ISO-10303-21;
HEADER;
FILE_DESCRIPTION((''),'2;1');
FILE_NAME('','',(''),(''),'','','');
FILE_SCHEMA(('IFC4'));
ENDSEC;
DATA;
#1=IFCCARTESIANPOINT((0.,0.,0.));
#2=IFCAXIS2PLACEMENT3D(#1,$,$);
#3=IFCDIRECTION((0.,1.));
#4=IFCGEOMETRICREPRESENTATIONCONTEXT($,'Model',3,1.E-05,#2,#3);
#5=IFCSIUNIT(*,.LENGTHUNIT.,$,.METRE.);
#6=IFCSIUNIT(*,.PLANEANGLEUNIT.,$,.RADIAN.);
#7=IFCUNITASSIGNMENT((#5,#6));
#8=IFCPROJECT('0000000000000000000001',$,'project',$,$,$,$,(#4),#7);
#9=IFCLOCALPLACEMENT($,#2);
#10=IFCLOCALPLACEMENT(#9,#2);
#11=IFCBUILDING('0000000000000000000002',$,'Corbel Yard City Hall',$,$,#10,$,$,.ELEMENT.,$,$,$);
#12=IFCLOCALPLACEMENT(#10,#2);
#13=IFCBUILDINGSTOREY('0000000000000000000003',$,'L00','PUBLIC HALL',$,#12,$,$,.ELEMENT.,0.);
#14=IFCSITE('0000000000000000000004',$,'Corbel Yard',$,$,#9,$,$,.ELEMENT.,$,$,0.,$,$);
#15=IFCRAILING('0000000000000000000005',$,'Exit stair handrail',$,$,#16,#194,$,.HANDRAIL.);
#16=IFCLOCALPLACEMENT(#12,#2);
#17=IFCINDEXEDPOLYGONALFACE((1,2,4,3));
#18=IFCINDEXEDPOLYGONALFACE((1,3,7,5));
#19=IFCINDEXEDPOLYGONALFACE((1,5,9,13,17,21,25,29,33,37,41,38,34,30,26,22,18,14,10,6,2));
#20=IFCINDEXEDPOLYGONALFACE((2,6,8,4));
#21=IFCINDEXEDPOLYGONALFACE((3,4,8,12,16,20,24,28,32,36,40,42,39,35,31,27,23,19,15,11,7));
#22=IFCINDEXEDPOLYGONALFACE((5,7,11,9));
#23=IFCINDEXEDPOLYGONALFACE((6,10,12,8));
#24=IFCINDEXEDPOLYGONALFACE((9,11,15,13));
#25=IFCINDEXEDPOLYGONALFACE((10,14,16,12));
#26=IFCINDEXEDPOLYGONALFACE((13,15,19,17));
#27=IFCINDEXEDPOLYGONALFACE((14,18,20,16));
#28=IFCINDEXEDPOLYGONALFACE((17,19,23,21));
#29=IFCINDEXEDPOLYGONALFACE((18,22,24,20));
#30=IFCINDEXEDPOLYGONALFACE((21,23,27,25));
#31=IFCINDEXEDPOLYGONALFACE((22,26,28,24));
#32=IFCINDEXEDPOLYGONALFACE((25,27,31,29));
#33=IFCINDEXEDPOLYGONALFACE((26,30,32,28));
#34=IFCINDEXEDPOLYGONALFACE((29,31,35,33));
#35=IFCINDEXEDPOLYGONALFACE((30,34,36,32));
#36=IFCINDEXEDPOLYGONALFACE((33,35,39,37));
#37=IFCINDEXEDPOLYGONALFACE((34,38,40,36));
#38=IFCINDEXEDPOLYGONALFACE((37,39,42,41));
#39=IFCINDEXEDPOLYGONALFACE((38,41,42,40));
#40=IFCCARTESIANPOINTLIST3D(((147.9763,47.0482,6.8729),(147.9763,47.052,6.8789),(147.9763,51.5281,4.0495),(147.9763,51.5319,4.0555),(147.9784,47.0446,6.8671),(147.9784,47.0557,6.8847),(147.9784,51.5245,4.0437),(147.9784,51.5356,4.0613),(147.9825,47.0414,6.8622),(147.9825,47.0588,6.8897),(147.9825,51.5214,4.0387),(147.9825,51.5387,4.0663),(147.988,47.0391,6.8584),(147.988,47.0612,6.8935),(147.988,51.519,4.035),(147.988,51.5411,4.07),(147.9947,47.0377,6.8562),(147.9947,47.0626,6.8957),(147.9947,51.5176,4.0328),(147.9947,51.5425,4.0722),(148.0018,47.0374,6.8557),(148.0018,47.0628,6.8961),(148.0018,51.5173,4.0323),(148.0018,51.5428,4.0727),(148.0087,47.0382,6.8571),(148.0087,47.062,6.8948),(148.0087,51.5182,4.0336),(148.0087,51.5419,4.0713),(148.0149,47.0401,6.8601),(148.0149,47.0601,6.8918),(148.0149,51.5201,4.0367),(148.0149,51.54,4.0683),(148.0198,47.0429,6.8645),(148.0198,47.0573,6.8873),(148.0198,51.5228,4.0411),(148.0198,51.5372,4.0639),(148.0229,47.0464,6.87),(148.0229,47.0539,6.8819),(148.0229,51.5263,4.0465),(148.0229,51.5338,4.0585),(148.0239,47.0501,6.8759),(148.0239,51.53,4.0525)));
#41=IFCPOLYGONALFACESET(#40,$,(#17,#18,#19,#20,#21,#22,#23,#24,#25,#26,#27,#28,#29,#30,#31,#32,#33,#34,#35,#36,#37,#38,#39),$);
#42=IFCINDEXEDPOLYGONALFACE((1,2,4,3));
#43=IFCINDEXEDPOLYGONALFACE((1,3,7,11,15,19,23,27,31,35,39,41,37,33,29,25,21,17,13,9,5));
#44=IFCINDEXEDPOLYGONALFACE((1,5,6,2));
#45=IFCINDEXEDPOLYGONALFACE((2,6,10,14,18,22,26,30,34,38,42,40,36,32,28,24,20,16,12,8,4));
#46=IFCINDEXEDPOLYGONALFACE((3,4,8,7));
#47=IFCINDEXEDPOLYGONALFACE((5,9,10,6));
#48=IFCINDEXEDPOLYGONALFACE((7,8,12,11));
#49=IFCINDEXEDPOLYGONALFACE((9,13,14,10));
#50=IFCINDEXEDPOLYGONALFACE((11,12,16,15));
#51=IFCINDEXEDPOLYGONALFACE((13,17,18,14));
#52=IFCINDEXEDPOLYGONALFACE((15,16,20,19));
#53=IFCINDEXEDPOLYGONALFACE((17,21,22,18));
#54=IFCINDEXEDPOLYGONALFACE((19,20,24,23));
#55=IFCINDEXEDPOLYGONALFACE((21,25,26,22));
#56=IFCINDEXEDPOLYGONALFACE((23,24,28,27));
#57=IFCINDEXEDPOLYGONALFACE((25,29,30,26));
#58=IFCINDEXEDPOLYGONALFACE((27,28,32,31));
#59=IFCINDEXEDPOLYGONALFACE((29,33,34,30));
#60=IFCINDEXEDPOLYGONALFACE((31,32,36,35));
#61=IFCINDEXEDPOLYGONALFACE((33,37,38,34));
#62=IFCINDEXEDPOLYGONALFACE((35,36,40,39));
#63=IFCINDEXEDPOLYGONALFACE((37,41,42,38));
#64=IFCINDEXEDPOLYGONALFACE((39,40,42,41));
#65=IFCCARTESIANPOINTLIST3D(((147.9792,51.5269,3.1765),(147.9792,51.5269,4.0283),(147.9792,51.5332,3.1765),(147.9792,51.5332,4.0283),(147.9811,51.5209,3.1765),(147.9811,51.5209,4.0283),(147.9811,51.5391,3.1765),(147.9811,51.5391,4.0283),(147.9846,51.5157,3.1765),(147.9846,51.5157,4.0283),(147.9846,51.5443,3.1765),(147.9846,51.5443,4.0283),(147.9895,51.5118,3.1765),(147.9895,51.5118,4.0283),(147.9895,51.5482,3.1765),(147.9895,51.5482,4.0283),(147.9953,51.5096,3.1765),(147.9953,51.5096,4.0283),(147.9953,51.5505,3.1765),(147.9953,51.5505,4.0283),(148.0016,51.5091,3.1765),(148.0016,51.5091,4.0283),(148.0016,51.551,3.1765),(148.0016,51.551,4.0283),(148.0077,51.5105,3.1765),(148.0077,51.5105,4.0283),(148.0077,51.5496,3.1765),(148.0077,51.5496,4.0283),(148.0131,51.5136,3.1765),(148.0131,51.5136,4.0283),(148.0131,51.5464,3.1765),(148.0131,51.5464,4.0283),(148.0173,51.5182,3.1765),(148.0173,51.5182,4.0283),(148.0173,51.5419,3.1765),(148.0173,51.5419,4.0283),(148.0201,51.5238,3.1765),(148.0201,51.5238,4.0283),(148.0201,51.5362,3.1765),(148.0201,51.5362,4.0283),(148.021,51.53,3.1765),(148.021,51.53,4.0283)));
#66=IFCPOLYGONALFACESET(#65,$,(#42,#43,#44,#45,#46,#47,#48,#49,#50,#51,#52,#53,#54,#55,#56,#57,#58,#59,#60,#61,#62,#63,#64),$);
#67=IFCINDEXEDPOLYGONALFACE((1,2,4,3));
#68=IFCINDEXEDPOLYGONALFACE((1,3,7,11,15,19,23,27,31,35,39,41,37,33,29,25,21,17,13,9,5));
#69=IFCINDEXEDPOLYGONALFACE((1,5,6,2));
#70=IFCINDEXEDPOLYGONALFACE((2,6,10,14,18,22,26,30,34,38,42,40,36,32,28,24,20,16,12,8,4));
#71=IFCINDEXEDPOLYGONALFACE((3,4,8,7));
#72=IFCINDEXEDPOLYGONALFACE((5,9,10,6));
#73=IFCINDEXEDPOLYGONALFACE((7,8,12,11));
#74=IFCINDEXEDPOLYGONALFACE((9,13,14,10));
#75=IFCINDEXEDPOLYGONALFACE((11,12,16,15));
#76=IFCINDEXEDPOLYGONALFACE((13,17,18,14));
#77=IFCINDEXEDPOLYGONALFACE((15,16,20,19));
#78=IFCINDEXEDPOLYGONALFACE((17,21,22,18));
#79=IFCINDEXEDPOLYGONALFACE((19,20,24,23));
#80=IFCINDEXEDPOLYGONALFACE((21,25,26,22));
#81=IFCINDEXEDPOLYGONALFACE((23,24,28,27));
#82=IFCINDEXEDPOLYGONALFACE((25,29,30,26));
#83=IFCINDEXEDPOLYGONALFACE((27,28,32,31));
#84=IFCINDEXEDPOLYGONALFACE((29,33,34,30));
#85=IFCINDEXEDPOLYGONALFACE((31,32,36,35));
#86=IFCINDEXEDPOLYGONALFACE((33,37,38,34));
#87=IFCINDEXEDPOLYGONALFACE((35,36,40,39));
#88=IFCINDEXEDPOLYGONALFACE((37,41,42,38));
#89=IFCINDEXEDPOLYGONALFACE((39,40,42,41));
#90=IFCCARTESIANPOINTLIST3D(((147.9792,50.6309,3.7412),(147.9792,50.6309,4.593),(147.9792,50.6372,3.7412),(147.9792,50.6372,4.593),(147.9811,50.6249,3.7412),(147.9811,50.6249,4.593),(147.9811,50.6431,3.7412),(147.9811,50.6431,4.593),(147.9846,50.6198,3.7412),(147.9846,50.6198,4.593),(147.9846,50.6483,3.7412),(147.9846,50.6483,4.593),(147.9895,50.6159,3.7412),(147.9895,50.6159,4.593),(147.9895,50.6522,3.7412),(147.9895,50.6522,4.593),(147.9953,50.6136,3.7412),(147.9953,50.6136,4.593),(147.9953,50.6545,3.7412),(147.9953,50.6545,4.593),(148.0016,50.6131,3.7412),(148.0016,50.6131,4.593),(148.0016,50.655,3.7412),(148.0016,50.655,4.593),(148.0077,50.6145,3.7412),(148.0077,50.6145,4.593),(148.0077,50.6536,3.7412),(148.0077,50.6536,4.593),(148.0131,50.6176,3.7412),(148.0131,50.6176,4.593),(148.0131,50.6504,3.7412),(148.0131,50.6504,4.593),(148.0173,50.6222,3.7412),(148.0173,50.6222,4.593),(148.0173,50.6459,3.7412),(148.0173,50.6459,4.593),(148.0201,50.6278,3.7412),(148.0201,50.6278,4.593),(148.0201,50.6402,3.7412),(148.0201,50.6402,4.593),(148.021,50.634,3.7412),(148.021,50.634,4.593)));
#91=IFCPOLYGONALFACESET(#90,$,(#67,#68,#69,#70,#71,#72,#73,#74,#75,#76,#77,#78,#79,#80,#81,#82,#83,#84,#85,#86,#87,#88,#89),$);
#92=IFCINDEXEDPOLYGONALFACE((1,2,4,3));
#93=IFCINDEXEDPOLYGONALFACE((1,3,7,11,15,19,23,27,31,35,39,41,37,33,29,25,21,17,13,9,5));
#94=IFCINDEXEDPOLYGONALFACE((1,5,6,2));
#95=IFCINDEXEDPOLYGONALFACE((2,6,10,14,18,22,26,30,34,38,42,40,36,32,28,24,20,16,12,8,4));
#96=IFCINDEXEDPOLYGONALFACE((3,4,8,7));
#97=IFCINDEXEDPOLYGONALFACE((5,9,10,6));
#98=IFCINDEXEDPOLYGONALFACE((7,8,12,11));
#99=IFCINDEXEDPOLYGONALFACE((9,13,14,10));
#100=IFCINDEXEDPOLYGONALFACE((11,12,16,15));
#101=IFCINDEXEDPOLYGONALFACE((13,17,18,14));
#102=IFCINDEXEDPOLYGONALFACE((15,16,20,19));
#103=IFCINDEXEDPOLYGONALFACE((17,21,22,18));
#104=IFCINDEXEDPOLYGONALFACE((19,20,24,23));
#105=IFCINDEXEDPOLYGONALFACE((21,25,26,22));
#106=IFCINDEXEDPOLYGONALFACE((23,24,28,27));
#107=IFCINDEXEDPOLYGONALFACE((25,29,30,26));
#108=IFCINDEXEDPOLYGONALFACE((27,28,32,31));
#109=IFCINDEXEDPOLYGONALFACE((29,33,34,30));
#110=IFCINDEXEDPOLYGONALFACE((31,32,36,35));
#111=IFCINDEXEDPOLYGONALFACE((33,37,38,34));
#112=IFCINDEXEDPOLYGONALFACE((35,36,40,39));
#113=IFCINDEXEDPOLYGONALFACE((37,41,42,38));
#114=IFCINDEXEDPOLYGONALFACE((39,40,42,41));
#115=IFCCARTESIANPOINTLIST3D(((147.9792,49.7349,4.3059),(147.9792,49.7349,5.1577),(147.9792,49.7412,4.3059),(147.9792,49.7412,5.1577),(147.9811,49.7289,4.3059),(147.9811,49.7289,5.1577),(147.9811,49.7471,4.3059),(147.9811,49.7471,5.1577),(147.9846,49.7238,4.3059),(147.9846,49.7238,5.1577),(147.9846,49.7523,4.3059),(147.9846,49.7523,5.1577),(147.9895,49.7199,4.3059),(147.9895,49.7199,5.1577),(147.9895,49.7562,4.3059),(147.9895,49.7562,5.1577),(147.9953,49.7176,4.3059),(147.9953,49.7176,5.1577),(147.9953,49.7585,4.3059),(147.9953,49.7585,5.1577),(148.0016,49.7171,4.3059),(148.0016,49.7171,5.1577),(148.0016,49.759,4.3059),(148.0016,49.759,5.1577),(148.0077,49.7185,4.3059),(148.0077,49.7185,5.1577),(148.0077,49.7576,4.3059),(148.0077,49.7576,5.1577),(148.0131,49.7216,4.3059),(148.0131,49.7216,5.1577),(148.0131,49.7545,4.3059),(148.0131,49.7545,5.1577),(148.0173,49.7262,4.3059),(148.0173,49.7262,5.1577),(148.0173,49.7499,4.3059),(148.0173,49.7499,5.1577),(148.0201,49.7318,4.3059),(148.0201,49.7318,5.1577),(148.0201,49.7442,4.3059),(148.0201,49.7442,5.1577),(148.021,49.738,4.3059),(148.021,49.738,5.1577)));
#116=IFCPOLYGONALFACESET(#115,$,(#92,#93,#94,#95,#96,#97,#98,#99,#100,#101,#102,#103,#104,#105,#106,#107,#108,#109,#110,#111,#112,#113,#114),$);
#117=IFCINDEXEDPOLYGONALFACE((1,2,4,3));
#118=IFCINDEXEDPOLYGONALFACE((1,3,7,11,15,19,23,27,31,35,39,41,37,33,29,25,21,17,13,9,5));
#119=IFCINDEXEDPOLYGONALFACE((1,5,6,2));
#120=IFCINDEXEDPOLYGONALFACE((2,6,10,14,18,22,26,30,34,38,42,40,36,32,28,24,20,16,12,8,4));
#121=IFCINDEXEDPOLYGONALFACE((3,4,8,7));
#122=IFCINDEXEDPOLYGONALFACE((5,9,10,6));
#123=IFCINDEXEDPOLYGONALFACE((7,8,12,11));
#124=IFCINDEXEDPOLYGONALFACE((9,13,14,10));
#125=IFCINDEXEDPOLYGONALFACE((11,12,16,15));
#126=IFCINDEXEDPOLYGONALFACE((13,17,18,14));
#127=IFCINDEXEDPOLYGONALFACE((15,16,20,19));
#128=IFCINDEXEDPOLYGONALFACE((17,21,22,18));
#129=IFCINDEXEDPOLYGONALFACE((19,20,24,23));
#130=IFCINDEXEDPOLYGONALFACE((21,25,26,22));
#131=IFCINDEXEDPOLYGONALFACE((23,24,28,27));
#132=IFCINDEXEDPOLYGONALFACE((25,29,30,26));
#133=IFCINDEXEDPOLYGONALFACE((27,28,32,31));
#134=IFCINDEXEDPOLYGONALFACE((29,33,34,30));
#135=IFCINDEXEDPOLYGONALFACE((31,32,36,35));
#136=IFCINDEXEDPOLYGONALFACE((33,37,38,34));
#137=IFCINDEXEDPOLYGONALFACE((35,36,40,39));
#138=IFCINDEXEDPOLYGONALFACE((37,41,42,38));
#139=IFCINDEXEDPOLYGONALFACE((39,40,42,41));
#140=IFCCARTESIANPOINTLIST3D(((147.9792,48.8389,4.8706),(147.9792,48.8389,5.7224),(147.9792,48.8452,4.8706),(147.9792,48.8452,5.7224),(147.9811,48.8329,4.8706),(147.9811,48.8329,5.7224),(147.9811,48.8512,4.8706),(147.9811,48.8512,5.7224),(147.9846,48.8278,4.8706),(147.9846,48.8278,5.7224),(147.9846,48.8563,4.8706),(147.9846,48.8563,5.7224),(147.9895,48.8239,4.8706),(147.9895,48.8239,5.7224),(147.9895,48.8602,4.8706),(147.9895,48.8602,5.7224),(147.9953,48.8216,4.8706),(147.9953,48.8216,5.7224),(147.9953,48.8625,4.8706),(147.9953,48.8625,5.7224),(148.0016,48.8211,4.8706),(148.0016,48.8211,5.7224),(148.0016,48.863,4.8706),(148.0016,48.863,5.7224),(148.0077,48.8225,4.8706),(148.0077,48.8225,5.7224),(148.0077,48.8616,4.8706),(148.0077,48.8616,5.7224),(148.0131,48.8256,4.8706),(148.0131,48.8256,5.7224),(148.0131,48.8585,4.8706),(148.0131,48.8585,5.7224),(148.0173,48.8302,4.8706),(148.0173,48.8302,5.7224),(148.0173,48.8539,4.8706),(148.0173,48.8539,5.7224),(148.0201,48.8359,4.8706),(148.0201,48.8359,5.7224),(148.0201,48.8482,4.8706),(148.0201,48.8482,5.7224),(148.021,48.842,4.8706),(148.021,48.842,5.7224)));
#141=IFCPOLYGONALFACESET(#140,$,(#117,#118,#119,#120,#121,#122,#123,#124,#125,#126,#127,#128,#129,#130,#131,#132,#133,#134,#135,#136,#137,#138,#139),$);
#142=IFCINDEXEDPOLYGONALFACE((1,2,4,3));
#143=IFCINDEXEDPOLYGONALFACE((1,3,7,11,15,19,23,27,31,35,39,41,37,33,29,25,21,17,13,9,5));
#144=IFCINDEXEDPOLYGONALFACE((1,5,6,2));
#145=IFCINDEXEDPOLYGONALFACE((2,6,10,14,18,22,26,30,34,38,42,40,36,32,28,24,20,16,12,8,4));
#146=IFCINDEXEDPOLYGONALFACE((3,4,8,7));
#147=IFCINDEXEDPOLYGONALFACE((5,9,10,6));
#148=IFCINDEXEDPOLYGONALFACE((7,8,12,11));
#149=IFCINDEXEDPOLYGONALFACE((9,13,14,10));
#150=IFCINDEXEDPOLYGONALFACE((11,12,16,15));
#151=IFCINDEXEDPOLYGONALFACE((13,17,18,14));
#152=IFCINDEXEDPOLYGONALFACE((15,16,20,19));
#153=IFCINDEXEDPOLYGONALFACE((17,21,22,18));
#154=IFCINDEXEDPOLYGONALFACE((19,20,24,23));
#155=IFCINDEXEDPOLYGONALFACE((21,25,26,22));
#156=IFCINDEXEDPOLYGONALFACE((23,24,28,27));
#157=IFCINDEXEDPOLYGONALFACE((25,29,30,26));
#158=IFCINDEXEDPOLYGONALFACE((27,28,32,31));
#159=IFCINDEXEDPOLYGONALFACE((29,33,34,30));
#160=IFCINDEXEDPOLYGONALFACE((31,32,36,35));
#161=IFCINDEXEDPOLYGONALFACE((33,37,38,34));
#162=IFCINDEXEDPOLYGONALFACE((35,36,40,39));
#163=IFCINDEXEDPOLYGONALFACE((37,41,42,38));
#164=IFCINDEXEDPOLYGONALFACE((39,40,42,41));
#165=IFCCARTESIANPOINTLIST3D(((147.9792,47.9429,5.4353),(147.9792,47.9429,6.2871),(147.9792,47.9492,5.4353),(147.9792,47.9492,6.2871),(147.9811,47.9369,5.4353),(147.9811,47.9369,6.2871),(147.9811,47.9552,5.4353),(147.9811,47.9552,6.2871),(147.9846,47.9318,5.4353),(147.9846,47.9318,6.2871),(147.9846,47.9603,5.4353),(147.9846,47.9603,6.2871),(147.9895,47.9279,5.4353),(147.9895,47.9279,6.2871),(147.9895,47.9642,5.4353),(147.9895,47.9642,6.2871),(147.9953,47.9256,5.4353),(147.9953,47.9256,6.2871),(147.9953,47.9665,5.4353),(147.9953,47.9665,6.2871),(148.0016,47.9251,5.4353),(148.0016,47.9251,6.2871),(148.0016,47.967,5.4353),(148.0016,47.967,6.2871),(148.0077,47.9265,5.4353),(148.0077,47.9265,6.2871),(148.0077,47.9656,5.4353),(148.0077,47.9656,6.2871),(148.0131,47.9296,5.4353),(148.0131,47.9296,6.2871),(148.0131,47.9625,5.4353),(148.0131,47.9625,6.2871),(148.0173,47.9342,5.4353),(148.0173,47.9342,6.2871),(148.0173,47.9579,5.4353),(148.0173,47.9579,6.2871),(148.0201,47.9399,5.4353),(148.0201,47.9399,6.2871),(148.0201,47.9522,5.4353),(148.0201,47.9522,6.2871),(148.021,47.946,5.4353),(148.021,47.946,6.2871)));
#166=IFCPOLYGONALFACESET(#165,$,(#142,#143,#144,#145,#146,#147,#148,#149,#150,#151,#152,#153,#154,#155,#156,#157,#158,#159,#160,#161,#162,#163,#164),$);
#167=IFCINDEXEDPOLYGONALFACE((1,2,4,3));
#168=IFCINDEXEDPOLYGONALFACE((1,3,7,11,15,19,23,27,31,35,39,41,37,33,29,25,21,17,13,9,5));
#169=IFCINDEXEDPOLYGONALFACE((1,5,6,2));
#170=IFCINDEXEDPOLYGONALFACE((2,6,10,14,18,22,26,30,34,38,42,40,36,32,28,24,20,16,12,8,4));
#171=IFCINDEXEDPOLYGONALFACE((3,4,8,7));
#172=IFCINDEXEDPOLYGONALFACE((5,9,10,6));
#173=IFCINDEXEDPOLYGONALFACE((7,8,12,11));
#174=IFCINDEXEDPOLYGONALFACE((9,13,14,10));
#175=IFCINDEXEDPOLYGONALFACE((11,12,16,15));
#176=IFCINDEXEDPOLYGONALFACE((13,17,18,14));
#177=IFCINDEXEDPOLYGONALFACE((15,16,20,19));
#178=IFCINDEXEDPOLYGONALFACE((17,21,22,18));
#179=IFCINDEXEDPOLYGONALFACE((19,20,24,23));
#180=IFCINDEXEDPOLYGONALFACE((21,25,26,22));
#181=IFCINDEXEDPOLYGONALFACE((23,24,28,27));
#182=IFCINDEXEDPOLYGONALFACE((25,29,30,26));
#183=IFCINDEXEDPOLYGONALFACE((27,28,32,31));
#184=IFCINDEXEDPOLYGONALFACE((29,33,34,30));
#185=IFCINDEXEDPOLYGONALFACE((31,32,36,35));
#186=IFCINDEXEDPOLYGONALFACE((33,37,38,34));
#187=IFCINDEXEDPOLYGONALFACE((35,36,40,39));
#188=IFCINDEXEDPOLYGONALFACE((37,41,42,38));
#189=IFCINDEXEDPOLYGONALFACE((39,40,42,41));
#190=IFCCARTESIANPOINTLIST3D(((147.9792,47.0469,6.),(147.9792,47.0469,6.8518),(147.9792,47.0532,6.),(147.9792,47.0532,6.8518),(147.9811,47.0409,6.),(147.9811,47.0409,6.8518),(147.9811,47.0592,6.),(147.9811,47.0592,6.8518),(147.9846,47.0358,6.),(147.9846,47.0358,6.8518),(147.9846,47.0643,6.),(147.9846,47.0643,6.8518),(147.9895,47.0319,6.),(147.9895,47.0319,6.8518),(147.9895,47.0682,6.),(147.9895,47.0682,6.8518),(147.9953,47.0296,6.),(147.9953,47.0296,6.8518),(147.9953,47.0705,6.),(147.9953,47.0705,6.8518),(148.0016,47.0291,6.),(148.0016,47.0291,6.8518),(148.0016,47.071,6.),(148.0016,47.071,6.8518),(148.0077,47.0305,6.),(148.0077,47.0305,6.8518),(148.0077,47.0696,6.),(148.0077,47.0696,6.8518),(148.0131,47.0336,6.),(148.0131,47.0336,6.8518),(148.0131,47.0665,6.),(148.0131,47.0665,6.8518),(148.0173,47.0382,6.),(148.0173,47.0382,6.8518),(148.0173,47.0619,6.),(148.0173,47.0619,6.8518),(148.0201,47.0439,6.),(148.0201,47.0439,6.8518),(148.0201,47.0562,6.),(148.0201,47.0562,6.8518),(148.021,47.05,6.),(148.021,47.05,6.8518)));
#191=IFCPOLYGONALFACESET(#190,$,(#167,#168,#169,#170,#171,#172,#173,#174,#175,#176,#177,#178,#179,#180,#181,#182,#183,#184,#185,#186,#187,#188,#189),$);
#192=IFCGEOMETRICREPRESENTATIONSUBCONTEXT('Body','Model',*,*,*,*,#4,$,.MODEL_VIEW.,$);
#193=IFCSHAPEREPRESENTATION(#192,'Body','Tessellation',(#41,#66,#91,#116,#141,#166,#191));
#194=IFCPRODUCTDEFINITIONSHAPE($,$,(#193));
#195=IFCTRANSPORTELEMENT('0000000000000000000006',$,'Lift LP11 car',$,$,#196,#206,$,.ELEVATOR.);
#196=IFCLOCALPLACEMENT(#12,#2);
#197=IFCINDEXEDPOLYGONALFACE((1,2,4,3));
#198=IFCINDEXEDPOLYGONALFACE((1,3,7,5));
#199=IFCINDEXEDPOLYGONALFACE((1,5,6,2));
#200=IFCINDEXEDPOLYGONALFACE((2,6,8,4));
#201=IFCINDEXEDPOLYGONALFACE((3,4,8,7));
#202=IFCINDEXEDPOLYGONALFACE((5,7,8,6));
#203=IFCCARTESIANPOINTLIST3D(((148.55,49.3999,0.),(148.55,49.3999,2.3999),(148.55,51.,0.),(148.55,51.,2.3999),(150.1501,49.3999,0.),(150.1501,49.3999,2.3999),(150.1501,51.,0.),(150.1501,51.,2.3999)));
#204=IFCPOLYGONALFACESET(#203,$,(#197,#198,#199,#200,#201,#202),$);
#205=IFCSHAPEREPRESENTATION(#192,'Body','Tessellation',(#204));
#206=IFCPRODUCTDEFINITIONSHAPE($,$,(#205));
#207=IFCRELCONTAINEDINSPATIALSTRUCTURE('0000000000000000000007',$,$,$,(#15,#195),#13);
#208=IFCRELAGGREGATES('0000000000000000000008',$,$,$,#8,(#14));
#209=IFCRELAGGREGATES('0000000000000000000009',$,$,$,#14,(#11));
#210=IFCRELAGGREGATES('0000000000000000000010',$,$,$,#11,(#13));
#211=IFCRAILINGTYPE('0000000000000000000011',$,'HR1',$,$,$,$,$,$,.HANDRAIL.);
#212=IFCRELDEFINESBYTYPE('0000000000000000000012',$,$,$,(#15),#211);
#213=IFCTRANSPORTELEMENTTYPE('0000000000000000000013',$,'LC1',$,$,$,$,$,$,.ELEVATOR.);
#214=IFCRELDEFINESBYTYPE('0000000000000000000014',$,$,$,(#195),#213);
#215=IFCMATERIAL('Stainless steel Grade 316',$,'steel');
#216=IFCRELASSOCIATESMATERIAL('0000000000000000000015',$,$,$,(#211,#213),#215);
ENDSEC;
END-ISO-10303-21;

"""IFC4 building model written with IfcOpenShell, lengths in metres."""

from ifc_helpers import new_model, si_unit, direction, frame, origin, origin_2d, place, context, subcontext, project, spatial, rectangle, circle, extrude, material, type_object, element, save


model = new_model("IFC4")

# Units and contexts
model_context = context("Model", 3, precision=1e-05, world=origin(), true_north=direction((0.0, 1.0)))
body_context = subcontext(model_context, "Body", "Model", "MODEL_VIEW")
ifc_project = project(units=[si_unit("LENGTHUNIT", "METRE"), si_unit("PLANEANGLEUNIT", "RADIAN")], contexts=[model_context])

# Site, building, storey
site_placement = place(None, origin())
site = spatial("IfcSite", under=ifc_project, at=site_placement, Name="Corbel Yard", CompositionType="ELEMENT", RefElevation=0.0)
building_placement = place(site_placement, origin())
building = spatial("IfcBuilding", under=site, at=building_placement, Name="Corbel Yard City Hall", CompositionType="ELEMENT")
storey_placement = place(building_placement, origin())
storey = spatial("IfcBuildingStorey", under=building, at=storey_placement, Name="L00", Description="PUBLIC HALL", CompositionType="ELEMENT", Elevation=0.0)

# Shared definitions
ifc_material_1 = material(Name="Stainless steel Grade 316", Category="steel")

# Railing
railing_type = type_object("IfcRailingType", Name="HR1", PredefinedType="HANDRAIL", material=ifc_material_1)
for number, where, name in (
    (1, (148.0, 51.53, 3.1765), "Exit stair handrail"),
):
    element("IfcRailing", number, at=place(storey_placement, frame(where)), inside=storey, type_object=railing_type, Name=name, PredefinedType="HANDRAIL", context=body_context, shape_type="SweptSolid", body=[
        extrude(circle(Radius=0.0239, at=origin_2d()), frame((0.0, 0.0, 0.876), z_axis=(0.0, -0.845998, 0.533186), x_axis=(1.0, 0.0, 0.0)), (0.0, 0.0, 1.0), 5.2954),
        extrude(circle(Radius=0.021, at=origin_2d()), origin(), (0.0, 0.0, 1.0), 0.8518),
        extrude(circle(Radius=0.021, at=origin_2d()), frame((0.0, -0.896, 0.5647)), (0.0, 0.0, 1.0), 0.8518),
        extrude(circle(Radius=0.021, at=origin_2d()), frame((0.0, -1.792, 1.1294)), (0.0, 0.0, 1.0), 0.8518),
        extrude(circle(Radius=0.021, at=origin_2d()), frame((0.0, -2.688, 1.6941)), (0.0, 0.0, 1.0), 0.8518),
        extrude(circle(Radius=0.021, at=origin_2d()), frame((0.0, -3.584, 2.2588)), (0.0, 0.0, 1.0), 0.8518),
        extrude(circle(Radius=0.021, at=origin_2d()), frame((0.0, -4.48, 2.8235)), (0.0, 0.0, 1.0), 0.8518),
    ])

# Transport element
transport_element_type = type_object("IfcTransportElementType", Name="LC1", PredefinedType="ELEVATOR", material=ifc_material_1)
transport_element_placement = place(storey_placement, frame((149.3501, 50.2, 0.0), z_axis=(0.0, 0.0, 1.0), x_axis=(1.0, 0.0, 0.0)))
element("IfcTransportElement", 2, at=transport_element_placement, inside=storey, type_object=transport_element_type, Name="Lift LP11 car", PredefinedType="ELEVATOR", context=body_context, shape_type="SweptSolid", body=[
    extrude(rectangle(XDim=1.6001, YDim=1.6001, at=origin_2d()), origin(), (0.0, 0.0, 1.0), 2.3999),
])

save(model, "model.ifc")
